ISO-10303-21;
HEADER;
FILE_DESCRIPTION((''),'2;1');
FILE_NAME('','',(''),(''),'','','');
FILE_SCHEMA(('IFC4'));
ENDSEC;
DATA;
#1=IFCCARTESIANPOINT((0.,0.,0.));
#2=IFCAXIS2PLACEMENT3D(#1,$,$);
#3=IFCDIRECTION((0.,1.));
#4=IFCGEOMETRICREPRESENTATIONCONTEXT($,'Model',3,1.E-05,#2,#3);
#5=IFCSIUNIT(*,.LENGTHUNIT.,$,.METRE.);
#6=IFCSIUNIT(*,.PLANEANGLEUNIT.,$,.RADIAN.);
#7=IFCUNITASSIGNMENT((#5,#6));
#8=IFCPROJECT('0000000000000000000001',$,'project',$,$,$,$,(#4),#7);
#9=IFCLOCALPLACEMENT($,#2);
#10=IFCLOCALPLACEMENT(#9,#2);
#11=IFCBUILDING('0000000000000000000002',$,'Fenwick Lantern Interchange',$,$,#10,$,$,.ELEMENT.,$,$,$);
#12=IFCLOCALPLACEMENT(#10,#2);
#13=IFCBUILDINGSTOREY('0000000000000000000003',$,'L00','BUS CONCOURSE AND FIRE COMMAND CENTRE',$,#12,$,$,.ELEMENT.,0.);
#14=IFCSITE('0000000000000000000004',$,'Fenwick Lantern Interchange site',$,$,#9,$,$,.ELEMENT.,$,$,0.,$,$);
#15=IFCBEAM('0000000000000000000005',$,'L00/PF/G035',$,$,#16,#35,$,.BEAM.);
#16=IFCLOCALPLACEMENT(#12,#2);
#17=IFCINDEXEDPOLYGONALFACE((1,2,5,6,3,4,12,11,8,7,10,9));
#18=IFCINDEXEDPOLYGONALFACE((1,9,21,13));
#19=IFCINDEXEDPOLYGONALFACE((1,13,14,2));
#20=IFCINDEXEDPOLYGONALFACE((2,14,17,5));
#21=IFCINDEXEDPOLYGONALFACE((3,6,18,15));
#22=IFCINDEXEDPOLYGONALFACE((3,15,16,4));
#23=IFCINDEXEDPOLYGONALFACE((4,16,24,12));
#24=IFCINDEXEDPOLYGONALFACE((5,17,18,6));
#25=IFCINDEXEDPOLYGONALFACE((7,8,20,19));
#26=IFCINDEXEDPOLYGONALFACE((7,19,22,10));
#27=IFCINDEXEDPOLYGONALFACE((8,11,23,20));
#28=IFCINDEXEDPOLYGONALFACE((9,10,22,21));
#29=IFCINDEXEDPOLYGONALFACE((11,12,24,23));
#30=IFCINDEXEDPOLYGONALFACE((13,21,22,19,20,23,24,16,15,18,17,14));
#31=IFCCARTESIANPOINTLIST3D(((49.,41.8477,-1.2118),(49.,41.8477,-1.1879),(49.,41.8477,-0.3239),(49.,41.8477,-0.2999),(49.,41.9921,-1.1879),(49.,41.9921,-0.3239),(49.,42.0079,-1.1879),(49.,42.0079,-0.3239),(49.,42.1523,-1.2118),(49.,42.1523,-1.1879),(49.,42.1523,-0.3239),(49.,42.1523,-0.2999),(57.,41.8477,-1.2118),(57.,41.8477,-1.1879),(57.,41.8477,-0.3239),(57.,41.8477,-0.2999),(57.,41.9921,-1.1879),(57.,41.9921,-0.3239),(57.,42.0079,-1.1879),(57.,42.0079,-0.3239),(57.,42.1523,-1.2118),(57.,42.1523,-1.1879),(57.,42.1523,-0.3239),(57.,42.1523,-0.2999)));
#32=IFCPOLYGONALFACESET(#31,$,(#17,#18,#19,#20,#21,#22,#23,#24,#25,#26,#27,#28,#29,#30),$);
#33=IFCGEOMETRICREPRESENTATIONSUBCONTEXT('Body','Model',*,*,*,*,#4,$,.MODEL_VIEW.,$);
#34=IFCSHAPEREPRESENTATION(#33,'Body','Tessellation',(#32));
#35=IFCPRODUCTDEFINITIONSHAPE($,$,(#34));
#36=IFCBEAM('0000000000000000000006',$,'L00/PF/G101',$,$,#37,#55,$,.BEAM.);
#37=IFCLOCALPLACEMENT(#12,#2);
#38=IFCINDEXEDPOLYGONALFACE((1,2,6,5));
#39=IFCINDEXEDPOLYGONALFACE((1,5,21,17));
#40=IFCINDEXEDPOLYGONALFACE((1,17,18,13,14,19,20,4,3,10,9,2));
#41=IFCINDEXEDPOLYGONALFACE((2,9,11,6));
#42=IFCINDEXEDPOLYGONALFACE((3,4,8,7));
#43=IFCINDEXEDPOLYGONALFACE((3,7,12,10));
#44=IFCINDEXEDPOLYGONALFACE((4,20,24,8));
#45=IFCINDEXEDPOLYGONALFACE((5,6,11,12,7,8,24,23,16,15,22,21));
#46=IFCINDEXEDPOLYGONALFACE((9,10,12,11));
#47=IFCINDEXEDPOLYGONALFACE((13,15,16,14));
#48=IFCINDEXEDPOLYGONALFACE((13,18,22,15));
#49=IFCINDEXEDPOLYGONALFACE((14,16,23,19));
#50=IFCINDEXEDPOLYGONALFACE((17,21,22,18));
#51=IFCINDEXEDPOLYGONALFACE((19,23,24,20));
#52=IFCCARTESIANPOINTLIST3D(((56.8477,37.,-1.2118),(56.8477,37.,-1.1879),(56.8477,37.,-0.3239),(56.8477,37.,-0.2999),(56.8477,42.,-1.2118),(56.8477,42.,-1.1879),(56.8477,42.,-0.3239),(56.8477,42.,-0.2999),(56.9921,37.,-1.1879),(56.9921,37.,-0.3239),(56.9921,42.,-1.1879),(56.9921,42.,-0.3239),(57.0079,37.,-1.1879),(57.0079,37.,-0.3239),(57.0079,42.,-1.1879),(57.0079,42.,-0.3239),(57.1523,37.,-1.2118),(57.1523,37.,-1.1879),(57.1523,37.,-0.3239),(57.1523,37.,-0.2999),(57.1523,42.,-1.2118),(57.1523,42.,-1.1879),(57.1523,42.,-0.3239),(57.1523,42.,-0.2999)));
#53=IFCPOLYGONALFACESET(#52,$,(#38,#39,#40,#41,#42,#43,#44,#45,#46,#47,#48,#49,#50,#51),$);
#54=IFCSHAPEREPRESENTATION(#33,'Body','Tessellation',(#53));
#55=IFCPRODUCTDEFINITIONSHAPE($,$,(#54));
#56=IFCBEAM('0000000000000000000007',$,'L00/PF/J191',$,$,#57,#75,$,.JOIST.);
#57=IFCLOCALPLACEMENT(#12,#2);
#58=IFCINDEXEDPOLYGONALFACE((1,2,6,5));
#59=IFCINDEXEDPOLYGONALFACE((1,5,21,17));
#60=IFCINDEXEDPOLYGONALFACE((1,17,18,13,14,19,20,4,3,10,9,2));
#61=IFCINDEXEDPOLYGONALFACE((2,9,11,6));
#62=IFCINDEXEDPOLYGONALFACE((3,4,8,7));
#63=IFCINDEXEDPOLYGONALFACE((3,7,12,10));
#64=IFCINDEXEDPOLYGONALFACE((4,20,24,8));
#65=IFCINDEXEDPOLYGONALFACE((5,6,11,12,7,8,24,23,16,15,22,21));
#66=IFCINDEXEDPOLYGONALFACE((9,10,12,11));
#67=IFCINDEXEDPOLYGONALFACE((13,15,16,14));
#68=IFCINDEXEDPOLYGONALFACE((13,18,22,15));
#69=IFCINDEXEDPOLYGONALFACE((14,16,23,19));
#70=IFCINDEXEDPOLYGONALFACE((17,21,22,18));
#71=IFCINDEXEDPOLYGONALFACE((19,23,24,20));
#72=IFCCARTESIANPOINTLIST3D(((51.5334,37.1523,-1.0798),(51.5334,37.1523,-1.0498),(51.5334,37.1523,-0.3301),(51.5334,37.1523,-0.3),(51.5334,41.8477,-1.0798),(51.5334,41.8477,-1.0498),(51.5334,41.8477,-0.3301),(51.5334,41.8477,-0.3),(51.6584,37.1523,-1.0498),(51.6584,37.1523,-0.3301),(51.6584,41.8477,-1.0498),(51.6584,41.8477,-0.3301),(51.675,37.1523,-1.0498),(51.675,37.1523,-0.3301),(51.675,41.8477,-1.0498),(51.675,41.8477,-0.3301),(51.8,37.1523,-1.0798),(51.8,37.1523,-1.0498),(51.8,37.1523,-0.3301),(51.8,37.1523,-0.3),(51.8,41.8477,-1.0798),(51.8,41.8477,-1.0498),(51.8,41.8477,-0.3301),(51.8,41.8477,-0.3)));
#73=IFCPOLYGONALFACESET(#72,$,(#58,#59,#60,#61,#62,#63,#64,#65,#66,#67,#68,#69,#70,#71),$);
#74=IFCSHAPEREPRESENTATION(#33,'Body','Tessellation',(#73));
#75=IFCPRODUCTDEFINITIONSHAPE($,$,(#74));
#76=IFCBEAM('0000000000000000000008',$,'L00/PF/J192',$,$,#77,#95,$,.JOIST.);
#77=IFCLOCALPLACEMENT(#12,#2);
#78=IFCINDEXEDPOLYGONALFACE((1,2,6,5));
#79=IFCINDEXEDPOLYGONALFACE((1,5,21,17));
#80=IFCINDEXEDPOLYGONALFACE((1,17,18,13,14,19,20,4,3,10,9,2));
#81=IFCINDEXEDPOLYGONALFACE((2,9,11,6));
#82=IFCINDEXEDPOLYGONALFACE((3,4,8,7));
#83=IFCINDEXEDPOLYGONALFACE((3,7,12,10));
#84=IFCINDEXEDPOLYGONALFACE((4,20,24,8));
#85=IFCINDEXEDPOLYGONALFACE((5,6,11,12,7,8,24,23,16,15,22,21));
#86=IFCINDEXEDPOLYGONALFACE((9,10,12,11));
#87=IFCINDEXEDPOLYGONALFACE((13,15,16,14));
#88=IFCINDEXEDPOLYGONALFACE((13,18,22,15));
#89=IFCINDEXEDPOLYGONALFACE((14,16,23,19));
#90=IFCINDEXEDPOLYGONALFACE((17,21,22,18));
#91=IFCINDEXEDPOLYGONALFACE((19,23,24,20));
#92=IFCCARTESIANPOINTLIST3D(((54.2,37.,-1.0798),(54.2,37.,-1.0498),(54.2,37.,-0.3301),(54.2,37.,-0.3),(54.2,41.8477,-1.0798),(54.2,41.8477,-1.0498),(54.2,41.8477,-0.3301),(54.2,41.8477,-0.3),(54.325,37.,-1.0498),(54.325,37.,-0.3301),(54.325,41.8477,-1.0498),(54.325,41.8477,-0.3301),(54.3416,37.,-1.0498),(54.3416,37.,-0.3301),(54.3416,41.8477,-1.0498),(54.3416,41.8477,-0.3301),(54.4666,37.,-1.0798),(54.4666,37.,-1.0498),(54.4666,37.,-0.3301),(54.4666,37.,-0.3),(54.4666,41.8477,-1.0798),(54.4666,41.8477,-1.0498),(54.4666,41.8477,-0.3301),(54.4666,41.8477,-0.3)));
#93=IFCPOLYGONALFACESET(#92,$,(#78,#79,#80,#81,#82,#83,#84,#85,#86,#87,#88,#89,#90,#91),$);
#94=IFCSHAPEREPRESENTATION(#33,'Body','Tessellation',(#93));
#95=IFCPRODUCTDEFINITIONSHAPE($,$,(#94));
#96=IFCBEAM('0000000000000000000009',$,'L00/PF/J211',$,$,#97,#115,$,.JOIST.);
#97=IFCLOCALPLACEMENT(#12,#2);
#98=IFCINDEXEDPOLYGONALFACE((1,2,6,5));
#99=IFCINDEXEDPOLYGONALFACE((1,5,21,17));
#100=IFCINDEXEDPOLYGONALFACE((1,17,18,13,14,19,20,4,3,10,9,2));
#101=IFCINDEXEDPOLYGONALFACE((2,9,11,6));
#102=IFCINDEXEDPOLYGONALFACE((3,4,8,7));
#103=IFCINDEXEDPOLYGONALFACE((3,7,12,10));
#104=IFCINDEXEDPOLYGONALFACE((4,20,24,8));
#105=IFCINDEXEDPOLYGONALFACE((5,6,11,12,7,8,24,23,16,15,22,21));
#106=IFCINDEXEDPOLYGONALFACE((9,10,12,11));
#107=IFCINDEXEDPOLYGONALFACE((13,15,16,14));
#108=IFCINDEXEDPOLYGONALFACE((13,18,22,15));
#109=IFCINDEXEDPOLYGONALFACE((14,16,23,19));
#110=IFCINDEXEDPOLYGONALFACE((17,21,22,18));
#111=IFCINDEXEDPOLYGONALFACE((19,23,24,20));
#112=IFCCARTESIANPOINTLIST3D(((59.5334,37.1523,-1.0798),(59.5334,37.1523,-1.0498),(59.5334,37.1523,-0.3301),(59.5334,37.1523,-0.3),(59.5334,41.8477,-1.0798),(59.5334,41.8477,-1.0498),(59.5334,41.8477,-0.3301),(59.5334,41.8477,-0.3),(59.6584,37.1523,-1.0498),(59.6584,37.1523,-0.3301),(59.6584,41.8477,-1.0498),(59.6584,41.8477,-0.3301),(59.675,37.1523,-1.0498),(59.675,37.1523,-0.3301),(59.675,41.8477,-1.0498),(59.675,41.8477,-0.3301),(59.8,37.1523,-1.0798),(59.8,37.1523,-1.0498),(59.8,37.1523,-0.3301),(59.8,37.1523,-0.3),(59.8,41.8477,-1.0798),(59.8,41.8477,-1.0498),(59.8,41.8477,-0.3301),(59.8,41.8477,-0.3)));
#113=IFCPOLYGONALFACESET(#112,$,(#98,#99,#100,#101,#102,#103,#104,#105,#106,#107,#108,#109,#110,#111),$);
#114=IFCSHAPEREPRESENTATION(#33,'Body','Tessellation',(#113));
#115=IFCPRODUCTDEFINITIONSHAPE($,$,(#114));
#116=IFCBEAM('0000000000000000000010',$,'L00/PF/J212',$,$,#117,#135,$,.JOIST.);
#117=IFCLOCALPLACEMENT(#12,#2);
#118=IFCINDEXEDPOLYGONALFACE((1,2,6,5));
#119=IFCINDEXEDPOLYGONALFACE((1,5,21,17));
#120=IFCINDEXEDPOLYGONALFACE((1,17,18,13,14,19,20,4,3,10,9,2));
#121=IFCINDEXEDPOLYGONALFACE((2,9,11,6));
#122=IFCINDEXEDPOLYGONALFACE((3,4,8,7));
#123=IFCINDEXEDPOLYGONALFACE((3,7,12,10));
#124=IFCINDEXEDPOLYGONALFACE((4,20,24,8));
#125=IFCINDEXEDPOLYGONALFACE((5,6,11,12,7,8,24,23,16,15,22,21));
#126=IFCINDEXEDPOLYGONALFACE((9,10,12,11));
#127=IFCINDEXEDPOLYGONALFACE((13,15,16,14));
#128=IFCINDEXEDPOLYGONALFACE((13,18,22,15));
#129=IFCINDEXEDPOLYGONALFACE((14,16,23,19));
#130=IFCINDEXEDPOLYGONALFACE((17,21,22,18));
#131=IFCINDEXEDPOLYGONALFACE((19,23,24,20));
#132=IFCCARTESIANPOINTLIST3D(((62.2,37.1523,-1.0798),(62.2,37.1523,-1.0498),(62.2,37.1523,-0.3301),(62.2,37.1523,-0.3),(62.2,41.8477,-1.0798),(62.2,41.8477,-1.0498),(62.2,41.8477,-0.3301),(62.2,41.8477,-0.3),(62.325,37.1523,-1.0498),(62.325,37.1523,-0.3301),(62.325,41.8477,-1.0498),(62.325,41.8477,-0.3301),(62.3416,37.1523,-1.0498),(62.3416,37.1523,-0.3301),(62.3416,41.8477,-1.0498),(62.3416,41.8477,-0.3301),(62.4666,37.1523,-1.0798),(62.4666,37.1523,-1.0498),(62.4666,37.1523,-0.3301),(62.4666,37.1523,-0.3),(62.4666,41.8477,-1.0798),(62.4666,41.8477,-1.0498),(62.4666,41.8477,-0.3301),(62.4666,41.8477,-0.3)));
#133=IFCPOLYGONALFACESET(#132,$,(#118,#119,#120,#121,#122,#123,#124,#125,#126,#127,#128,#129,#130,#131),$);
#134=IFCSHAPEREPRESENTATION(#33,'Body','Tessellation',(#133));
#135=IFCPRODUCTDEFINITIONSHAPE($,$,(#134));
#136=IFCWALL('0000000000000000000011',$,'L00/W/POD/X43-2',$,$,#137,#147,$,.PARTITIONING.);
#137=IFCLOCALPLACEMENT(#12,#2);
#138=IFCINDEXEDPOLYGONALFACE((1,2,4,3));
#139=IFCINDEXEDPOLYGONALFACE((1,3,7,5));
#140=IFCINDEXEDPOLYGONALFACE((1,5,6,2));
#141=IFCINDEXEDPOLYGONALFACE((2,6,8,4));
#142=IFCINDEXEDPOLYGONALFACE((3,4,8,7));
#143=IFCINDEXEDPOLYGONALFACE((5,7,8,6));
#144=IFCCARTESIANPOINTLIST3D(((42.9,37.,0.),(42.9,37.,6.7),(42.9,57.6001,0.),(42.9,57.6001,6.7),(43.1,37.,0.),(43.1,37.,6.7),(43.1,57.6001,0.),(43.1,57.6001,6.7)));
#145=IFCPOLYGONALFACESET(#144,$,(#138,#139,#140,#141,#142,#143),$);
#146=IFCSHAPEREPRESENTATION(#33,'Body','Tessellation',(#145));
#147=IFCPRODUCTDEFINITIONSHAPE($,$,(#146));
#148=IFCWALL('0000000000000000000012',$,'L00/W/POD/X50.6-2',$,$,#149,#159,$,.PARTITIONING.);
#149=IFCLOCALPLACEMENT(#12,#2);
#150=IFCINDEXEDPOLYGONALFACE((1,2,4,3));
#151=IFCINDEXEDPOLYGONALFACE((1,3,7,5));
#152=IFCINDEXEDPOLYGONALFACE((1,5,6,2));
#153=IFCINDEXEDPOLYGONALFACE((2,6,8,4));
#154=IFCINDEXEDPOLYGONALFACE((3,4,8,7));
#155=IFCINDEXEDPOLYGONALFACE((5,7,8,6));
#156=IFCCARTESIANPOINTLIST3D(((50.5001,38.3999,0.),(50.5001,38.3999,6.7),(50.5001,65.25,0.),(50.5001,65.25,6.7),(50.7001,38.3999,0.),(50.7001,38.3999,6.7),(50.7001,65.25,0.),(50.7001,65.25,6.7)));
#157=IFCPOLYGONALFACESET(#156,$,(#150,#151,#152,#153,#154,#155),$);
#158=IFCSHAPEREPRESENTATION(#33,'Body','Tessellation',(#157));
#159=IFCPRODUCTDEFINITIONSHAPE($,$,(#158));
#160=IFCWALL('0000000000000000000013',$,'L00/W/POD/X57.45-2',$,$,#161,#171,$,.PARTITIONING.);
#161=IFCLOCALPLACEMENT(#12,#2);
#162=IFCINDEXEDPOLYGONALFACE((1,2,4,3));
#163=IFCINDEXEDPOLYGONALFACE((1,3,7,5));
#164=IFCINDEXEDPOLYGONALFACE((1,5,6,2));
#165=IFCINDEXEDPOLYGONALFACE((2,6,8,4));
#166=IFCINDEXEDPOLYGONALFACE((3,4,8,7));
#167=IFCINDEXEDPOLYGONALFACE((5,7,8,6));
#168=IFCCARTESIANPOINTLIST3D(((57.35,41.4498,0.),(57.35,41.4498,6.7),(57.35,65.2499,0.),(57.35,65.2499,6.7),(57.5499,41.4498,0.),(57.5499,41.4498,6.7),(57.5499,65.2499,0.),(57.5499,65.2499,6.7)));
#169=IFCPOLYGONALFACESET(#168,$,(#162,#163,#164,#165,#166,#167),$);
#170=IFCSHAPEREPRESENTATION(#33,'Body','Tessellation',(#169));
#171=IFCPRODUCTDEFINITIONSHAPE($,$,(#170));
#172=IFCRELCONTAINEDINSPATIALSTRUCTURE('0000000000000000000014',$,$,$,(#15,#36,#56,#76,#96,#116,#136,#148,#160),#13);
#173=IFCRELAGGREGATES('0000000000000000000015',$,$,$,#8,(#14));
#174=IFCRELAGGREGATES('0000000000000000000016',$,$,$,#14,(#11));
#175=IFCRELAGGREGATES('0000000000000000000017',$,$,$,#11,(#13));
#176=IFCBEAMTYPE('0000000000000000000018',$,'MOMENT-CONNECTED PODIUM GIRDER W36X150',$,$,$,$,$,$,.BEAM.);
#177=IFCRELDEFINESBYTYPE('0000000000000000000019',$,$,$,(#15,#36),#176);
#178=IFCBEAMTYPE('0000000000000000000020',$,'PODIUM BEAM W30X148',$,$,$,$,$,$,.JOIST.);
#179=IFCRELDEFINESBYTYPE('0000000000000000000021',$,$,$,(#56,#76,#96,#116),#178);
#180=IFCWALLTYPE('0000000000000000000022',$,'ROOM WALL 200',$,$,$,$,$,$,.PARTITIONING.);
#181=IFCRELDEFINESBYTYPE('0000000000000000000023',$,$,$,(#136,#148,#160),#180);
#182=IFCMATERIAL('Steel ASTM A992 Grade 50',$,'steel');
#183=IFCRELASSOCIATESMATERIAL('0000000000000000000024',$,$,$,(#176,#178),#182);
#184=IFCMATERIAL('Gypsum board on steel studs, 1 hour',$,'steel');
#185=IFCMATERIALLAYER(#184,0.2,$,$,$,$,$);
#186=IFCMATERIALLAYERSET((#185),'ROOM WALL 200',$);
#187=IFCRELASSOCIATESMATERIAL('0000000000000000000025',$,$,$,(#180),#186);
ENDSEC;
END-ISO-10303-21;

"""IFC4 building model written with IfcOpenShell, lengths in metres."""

from ifc_helpers import new_model, si_unit, direction, frame, frame_2d, origin, origin_2d, place, context, subcontext, project, spatial, rectangle, i_section, extrude, material, layer, layer_set, material_profile, profile_set, type_object, element, save


model = new_model("IFC4")

# Units and contexts
model_context = context("Model", 3, precision=1e-05, world=origin(), true_north=direction((0.0, 1.0)))
body_context = subcontext(model_context, "Body", "Model", "MODEL_VIEW")
ifc_project = project(units=[si_unit("LENGTHUNIT", "METRE"), si_unit("PLANEANGLEUNIT", "RADIAN")], contexts=[model_context])

# Site, building, storey
site_placement = place(None, origin())
site = spatial("IfcSite", under=ifc_project, at=site_placement, Name="Fenwick Lantern Interchange site", CompositionType="ELEMENT", RefElevation=0.0)
building_placement = place(site_placement, origin())
building = spatial("IfcBuilding", under=site, at=building_placement, Name="Fenwick Lantern Interchange", CompositionType="ELEMENT")
storey_placement = place(building_placement, origin())
storey = spatial("IfcBuildingStorey", under=building, at=storey_placement, Name="L00", Description="BUS CONCOURSE AND FIRE COMMAND CENTRE", CompositionType="ELEMENT", Elevation=0.0)

# Shared definitions
ifc_material_1 = material(Name="Steel ASTM A992 Grade 50", Category="steel")

# Beams
ifc_material_profile_1 = material_profile(ifc_material_1, i_section(OverallWidth=0.3047, OverallDepth=0.9119, WebThickness=0.0159, FlangeThickness=0.0239, at=origin_2d()), Name="W36X150")
ifc_profile_set_1 = profile_set([ifc_material_profile_1], Name="Steel ASTM A992 Grade 50")
beam_type_1 = type_object("IfcBeamType", Name="MOMENT-CONNECTED PODIUM GIRDER W36X150", PredefinedType="BEAM", material=ifc_profile_set_1)
for number, where, z_axis, x_axis, name in (
    (1, (49.0, 42.0, -0.7559), (1.0, 0.0, 0.0), (0.0, 1.0, 0.0), "L00/PF/G035"),
):
    element("IfcBeam", number, at=place(storey_placement, frame(where, z_axis=z_axis, x_axis=x_axis)), inside=storey, type_object=beam_type_1, Name=name, PredefinedType="BEAM", context=body_context, shape_type="SweptSolid", body=[
        extrude(i_section(OverallWidth=0.3047, OverallDepth=0.9119, WebThickness=0.0159, FlangeThickness=0.0239, at=origin_2d()), origin(), (0.0, 0.0, 1.0), 8.0),
    ])
beam_1_placement = place(storey_placement, frame((57.0, 37.0, -0.7559), z_axis=(0.0, 1.0, 0.0), x_axis=(-1.0, 0.0, 0.0)))
element("IfcBeam", 2, at=beam_1_placement, inside=storey, type_object=beam_type_1, Name="L00/PF/G101", PredefinedType="BEAM", context=body_context, shape_type="SweptSolid", body=[
    extrude(i_section(OverallWidth=0.3047, OverallDepth=0.9119, WebThickness=0.0159, FlangeThickness=0.0239, at=origin_2d()), origin(), (0.0, 0.0, 1.0), 5.0),
])
ifc_material_profile_2 = material_profile(ifc_material_1, i_section(OverallWidth=0.2666, OverallDepth=0.7798, WebThickness=0.0166, FlangeThickness=0.03, at=origin_2d()), Name="W30X148")
ifc_profile_set_2 = profile_set([ifc_material_profile_2], Name="Steel ASTM A992 Grade 50")
beam_type_2 = type_object("IfcBeamType", Name="PODIUM BEAM W30X148", PredefinedType="JOIST", material=ifc_profile_set_2)
beam_2_placement = place(storey_placement, frame((51.6667, 37.1523, -0.6899), z_axis=(0.0, 1.0, 0.0), x_axis=(-1.0, 0.0, 0.0)))
element("IfcBeam", 3, at=beam_2_placement, inside=storey, type_object=beam_type_2, Name="L00/PF/J191", PredefinedType="JOIST", context=body_context, shape_type="SweptSolid", body=[
    extrude(i_section(OverallWidth=0.2666, OverallDepth=0.7798, WebThickness=0.0166, FlangeThickness=0.03, at=origin_2d()), origin(), (0.0, 0.0, 1.0), 4.6953),
])
beam_3_placement = place(storey_placement, frame((54.3333, 37.0, -0.6899), z_axis=(0.0, 1.0, 0.0), x_axis=(-1.0, 0.0, 0.0)))
element("IfcBeam", 4, at=beam_3_placement, inside=storey, type_object=beam_type_2, Name="L00/PF/J192", PredefinedType="JOIST", context=body_context, shape_type="SweptSolid", body=[
    extrude(i_section(OverallWidth=0.2666, OverallDepth=0.7798, WebThickness=0.0166, FlangeThickness=0.03, at=origin_2d()), origin(), (0.0, 0.0, 1.0), 4.8477),
])
for number, where, z_axis, x_axis, name in (
    (5, (59.6667, 37.1523, -0.6899), (0.0, 1.0, 0.0), (-1.0, 0.0, 0.0), "L00/PF/J211"),
    (6, (62.3333, 37.1523, -0.6899), (0.0, 1.0, 0.0), (-1.0, 0.0, 0.0), "L00/PF/J212"),
):
    element("IfcBeam", number, at=place(storey_placement, frame(where, z_axis=z_axis, x_axis=x_axis)), inside=storey, type_object=beam_type_2, Name=name, PredefinedType="JOIST", context=body_context, shape_type="SweptSolid", body=[
        extrude(i_section(OverallWidth=0.2666, OverallDepth=0.7798, WebThickness=0.0166, FlangeThickness=0.03, at=origin_2d()), origin(), (0.0, 0.0, 1.0), 4.6953),
    ])

# Walls
ifc_material_2 = material(Name="Gypsum board on steel studs, 1 hour", Category="steel")
ifc_layer_1 = layer(ifc_material_2, 0.2)
ifc_layer_set_1 = layer_set([ifc_layer_1], Name="ROOM WALL 200")
wall_type_1 = type_object("IfcWallType", Name="ROOM WALL 200", PredefinedType="PARTITIONING", material=ifc_layer_set_1)
wall_1_placement = place(storey_placement, frame((43.0, 37.0, 0.0), z_axis=(0.0, 0.0, 1.0), x_axis=(0.0, 1.0, 0.0)))
element("IfcWall", 7, at=wall_1_placement, inside=storey, type_object=wall_type_1, Name="L00/W/POD/X43-2", PredefinedType="PARTITIONING", context=body_context, shape_type="SweptSolid", body=[
    extrude(rectangle(XDim=20.6001, YDim=0.2, at=frame_2d((10.3, 0.0))), origin(), (0.0, 0.0, 1.0), 6.7),
])
wall_2_placement = place(storey_placement, frame((50.6001, 38.3999, 0.0), z_axis=(0.0, 0.0, 1.0), x_axis=(0.0, 1.0, 0.0)))
element("IfcWall", 8, at=wall_2_placement, inside=storey, type_object=wall_type_1, Name="L00/W/POD/X50.6-2", PredefinedType="PARTITIONING", context=body_context, shape_type="SweptSolid", body=[
    extrude(rectangle(XDim=26.8501, YDim=0.2, at=frame_2d((13.425, 0.0))), origin(), (0.0, 0.0, 1.0), 6.7),
])
wall_3_placement = place(storey_placement, frame((57.45, 41.45, 0.0), z_axis=(0.0, 0.0, 1.0), x_axis=(0.0, 1.0, 0.0)))
element("IfcWall", 9, at=wall_3_placement, inside=storey, type_object=wall_type_1, Name="L00/W/POD/X57.45-2", PredefinedType="PARTITIONING", context=body_context, shape_type="SweptSolid", body=[
    extrude(rectangle(XDim=23.8, YDim=0.2, at=frame_2d((11.8999, 0.0))), origin(), (0.0, 0.0, 1.0), 6.7),
])

save(model, "model.ifc")
